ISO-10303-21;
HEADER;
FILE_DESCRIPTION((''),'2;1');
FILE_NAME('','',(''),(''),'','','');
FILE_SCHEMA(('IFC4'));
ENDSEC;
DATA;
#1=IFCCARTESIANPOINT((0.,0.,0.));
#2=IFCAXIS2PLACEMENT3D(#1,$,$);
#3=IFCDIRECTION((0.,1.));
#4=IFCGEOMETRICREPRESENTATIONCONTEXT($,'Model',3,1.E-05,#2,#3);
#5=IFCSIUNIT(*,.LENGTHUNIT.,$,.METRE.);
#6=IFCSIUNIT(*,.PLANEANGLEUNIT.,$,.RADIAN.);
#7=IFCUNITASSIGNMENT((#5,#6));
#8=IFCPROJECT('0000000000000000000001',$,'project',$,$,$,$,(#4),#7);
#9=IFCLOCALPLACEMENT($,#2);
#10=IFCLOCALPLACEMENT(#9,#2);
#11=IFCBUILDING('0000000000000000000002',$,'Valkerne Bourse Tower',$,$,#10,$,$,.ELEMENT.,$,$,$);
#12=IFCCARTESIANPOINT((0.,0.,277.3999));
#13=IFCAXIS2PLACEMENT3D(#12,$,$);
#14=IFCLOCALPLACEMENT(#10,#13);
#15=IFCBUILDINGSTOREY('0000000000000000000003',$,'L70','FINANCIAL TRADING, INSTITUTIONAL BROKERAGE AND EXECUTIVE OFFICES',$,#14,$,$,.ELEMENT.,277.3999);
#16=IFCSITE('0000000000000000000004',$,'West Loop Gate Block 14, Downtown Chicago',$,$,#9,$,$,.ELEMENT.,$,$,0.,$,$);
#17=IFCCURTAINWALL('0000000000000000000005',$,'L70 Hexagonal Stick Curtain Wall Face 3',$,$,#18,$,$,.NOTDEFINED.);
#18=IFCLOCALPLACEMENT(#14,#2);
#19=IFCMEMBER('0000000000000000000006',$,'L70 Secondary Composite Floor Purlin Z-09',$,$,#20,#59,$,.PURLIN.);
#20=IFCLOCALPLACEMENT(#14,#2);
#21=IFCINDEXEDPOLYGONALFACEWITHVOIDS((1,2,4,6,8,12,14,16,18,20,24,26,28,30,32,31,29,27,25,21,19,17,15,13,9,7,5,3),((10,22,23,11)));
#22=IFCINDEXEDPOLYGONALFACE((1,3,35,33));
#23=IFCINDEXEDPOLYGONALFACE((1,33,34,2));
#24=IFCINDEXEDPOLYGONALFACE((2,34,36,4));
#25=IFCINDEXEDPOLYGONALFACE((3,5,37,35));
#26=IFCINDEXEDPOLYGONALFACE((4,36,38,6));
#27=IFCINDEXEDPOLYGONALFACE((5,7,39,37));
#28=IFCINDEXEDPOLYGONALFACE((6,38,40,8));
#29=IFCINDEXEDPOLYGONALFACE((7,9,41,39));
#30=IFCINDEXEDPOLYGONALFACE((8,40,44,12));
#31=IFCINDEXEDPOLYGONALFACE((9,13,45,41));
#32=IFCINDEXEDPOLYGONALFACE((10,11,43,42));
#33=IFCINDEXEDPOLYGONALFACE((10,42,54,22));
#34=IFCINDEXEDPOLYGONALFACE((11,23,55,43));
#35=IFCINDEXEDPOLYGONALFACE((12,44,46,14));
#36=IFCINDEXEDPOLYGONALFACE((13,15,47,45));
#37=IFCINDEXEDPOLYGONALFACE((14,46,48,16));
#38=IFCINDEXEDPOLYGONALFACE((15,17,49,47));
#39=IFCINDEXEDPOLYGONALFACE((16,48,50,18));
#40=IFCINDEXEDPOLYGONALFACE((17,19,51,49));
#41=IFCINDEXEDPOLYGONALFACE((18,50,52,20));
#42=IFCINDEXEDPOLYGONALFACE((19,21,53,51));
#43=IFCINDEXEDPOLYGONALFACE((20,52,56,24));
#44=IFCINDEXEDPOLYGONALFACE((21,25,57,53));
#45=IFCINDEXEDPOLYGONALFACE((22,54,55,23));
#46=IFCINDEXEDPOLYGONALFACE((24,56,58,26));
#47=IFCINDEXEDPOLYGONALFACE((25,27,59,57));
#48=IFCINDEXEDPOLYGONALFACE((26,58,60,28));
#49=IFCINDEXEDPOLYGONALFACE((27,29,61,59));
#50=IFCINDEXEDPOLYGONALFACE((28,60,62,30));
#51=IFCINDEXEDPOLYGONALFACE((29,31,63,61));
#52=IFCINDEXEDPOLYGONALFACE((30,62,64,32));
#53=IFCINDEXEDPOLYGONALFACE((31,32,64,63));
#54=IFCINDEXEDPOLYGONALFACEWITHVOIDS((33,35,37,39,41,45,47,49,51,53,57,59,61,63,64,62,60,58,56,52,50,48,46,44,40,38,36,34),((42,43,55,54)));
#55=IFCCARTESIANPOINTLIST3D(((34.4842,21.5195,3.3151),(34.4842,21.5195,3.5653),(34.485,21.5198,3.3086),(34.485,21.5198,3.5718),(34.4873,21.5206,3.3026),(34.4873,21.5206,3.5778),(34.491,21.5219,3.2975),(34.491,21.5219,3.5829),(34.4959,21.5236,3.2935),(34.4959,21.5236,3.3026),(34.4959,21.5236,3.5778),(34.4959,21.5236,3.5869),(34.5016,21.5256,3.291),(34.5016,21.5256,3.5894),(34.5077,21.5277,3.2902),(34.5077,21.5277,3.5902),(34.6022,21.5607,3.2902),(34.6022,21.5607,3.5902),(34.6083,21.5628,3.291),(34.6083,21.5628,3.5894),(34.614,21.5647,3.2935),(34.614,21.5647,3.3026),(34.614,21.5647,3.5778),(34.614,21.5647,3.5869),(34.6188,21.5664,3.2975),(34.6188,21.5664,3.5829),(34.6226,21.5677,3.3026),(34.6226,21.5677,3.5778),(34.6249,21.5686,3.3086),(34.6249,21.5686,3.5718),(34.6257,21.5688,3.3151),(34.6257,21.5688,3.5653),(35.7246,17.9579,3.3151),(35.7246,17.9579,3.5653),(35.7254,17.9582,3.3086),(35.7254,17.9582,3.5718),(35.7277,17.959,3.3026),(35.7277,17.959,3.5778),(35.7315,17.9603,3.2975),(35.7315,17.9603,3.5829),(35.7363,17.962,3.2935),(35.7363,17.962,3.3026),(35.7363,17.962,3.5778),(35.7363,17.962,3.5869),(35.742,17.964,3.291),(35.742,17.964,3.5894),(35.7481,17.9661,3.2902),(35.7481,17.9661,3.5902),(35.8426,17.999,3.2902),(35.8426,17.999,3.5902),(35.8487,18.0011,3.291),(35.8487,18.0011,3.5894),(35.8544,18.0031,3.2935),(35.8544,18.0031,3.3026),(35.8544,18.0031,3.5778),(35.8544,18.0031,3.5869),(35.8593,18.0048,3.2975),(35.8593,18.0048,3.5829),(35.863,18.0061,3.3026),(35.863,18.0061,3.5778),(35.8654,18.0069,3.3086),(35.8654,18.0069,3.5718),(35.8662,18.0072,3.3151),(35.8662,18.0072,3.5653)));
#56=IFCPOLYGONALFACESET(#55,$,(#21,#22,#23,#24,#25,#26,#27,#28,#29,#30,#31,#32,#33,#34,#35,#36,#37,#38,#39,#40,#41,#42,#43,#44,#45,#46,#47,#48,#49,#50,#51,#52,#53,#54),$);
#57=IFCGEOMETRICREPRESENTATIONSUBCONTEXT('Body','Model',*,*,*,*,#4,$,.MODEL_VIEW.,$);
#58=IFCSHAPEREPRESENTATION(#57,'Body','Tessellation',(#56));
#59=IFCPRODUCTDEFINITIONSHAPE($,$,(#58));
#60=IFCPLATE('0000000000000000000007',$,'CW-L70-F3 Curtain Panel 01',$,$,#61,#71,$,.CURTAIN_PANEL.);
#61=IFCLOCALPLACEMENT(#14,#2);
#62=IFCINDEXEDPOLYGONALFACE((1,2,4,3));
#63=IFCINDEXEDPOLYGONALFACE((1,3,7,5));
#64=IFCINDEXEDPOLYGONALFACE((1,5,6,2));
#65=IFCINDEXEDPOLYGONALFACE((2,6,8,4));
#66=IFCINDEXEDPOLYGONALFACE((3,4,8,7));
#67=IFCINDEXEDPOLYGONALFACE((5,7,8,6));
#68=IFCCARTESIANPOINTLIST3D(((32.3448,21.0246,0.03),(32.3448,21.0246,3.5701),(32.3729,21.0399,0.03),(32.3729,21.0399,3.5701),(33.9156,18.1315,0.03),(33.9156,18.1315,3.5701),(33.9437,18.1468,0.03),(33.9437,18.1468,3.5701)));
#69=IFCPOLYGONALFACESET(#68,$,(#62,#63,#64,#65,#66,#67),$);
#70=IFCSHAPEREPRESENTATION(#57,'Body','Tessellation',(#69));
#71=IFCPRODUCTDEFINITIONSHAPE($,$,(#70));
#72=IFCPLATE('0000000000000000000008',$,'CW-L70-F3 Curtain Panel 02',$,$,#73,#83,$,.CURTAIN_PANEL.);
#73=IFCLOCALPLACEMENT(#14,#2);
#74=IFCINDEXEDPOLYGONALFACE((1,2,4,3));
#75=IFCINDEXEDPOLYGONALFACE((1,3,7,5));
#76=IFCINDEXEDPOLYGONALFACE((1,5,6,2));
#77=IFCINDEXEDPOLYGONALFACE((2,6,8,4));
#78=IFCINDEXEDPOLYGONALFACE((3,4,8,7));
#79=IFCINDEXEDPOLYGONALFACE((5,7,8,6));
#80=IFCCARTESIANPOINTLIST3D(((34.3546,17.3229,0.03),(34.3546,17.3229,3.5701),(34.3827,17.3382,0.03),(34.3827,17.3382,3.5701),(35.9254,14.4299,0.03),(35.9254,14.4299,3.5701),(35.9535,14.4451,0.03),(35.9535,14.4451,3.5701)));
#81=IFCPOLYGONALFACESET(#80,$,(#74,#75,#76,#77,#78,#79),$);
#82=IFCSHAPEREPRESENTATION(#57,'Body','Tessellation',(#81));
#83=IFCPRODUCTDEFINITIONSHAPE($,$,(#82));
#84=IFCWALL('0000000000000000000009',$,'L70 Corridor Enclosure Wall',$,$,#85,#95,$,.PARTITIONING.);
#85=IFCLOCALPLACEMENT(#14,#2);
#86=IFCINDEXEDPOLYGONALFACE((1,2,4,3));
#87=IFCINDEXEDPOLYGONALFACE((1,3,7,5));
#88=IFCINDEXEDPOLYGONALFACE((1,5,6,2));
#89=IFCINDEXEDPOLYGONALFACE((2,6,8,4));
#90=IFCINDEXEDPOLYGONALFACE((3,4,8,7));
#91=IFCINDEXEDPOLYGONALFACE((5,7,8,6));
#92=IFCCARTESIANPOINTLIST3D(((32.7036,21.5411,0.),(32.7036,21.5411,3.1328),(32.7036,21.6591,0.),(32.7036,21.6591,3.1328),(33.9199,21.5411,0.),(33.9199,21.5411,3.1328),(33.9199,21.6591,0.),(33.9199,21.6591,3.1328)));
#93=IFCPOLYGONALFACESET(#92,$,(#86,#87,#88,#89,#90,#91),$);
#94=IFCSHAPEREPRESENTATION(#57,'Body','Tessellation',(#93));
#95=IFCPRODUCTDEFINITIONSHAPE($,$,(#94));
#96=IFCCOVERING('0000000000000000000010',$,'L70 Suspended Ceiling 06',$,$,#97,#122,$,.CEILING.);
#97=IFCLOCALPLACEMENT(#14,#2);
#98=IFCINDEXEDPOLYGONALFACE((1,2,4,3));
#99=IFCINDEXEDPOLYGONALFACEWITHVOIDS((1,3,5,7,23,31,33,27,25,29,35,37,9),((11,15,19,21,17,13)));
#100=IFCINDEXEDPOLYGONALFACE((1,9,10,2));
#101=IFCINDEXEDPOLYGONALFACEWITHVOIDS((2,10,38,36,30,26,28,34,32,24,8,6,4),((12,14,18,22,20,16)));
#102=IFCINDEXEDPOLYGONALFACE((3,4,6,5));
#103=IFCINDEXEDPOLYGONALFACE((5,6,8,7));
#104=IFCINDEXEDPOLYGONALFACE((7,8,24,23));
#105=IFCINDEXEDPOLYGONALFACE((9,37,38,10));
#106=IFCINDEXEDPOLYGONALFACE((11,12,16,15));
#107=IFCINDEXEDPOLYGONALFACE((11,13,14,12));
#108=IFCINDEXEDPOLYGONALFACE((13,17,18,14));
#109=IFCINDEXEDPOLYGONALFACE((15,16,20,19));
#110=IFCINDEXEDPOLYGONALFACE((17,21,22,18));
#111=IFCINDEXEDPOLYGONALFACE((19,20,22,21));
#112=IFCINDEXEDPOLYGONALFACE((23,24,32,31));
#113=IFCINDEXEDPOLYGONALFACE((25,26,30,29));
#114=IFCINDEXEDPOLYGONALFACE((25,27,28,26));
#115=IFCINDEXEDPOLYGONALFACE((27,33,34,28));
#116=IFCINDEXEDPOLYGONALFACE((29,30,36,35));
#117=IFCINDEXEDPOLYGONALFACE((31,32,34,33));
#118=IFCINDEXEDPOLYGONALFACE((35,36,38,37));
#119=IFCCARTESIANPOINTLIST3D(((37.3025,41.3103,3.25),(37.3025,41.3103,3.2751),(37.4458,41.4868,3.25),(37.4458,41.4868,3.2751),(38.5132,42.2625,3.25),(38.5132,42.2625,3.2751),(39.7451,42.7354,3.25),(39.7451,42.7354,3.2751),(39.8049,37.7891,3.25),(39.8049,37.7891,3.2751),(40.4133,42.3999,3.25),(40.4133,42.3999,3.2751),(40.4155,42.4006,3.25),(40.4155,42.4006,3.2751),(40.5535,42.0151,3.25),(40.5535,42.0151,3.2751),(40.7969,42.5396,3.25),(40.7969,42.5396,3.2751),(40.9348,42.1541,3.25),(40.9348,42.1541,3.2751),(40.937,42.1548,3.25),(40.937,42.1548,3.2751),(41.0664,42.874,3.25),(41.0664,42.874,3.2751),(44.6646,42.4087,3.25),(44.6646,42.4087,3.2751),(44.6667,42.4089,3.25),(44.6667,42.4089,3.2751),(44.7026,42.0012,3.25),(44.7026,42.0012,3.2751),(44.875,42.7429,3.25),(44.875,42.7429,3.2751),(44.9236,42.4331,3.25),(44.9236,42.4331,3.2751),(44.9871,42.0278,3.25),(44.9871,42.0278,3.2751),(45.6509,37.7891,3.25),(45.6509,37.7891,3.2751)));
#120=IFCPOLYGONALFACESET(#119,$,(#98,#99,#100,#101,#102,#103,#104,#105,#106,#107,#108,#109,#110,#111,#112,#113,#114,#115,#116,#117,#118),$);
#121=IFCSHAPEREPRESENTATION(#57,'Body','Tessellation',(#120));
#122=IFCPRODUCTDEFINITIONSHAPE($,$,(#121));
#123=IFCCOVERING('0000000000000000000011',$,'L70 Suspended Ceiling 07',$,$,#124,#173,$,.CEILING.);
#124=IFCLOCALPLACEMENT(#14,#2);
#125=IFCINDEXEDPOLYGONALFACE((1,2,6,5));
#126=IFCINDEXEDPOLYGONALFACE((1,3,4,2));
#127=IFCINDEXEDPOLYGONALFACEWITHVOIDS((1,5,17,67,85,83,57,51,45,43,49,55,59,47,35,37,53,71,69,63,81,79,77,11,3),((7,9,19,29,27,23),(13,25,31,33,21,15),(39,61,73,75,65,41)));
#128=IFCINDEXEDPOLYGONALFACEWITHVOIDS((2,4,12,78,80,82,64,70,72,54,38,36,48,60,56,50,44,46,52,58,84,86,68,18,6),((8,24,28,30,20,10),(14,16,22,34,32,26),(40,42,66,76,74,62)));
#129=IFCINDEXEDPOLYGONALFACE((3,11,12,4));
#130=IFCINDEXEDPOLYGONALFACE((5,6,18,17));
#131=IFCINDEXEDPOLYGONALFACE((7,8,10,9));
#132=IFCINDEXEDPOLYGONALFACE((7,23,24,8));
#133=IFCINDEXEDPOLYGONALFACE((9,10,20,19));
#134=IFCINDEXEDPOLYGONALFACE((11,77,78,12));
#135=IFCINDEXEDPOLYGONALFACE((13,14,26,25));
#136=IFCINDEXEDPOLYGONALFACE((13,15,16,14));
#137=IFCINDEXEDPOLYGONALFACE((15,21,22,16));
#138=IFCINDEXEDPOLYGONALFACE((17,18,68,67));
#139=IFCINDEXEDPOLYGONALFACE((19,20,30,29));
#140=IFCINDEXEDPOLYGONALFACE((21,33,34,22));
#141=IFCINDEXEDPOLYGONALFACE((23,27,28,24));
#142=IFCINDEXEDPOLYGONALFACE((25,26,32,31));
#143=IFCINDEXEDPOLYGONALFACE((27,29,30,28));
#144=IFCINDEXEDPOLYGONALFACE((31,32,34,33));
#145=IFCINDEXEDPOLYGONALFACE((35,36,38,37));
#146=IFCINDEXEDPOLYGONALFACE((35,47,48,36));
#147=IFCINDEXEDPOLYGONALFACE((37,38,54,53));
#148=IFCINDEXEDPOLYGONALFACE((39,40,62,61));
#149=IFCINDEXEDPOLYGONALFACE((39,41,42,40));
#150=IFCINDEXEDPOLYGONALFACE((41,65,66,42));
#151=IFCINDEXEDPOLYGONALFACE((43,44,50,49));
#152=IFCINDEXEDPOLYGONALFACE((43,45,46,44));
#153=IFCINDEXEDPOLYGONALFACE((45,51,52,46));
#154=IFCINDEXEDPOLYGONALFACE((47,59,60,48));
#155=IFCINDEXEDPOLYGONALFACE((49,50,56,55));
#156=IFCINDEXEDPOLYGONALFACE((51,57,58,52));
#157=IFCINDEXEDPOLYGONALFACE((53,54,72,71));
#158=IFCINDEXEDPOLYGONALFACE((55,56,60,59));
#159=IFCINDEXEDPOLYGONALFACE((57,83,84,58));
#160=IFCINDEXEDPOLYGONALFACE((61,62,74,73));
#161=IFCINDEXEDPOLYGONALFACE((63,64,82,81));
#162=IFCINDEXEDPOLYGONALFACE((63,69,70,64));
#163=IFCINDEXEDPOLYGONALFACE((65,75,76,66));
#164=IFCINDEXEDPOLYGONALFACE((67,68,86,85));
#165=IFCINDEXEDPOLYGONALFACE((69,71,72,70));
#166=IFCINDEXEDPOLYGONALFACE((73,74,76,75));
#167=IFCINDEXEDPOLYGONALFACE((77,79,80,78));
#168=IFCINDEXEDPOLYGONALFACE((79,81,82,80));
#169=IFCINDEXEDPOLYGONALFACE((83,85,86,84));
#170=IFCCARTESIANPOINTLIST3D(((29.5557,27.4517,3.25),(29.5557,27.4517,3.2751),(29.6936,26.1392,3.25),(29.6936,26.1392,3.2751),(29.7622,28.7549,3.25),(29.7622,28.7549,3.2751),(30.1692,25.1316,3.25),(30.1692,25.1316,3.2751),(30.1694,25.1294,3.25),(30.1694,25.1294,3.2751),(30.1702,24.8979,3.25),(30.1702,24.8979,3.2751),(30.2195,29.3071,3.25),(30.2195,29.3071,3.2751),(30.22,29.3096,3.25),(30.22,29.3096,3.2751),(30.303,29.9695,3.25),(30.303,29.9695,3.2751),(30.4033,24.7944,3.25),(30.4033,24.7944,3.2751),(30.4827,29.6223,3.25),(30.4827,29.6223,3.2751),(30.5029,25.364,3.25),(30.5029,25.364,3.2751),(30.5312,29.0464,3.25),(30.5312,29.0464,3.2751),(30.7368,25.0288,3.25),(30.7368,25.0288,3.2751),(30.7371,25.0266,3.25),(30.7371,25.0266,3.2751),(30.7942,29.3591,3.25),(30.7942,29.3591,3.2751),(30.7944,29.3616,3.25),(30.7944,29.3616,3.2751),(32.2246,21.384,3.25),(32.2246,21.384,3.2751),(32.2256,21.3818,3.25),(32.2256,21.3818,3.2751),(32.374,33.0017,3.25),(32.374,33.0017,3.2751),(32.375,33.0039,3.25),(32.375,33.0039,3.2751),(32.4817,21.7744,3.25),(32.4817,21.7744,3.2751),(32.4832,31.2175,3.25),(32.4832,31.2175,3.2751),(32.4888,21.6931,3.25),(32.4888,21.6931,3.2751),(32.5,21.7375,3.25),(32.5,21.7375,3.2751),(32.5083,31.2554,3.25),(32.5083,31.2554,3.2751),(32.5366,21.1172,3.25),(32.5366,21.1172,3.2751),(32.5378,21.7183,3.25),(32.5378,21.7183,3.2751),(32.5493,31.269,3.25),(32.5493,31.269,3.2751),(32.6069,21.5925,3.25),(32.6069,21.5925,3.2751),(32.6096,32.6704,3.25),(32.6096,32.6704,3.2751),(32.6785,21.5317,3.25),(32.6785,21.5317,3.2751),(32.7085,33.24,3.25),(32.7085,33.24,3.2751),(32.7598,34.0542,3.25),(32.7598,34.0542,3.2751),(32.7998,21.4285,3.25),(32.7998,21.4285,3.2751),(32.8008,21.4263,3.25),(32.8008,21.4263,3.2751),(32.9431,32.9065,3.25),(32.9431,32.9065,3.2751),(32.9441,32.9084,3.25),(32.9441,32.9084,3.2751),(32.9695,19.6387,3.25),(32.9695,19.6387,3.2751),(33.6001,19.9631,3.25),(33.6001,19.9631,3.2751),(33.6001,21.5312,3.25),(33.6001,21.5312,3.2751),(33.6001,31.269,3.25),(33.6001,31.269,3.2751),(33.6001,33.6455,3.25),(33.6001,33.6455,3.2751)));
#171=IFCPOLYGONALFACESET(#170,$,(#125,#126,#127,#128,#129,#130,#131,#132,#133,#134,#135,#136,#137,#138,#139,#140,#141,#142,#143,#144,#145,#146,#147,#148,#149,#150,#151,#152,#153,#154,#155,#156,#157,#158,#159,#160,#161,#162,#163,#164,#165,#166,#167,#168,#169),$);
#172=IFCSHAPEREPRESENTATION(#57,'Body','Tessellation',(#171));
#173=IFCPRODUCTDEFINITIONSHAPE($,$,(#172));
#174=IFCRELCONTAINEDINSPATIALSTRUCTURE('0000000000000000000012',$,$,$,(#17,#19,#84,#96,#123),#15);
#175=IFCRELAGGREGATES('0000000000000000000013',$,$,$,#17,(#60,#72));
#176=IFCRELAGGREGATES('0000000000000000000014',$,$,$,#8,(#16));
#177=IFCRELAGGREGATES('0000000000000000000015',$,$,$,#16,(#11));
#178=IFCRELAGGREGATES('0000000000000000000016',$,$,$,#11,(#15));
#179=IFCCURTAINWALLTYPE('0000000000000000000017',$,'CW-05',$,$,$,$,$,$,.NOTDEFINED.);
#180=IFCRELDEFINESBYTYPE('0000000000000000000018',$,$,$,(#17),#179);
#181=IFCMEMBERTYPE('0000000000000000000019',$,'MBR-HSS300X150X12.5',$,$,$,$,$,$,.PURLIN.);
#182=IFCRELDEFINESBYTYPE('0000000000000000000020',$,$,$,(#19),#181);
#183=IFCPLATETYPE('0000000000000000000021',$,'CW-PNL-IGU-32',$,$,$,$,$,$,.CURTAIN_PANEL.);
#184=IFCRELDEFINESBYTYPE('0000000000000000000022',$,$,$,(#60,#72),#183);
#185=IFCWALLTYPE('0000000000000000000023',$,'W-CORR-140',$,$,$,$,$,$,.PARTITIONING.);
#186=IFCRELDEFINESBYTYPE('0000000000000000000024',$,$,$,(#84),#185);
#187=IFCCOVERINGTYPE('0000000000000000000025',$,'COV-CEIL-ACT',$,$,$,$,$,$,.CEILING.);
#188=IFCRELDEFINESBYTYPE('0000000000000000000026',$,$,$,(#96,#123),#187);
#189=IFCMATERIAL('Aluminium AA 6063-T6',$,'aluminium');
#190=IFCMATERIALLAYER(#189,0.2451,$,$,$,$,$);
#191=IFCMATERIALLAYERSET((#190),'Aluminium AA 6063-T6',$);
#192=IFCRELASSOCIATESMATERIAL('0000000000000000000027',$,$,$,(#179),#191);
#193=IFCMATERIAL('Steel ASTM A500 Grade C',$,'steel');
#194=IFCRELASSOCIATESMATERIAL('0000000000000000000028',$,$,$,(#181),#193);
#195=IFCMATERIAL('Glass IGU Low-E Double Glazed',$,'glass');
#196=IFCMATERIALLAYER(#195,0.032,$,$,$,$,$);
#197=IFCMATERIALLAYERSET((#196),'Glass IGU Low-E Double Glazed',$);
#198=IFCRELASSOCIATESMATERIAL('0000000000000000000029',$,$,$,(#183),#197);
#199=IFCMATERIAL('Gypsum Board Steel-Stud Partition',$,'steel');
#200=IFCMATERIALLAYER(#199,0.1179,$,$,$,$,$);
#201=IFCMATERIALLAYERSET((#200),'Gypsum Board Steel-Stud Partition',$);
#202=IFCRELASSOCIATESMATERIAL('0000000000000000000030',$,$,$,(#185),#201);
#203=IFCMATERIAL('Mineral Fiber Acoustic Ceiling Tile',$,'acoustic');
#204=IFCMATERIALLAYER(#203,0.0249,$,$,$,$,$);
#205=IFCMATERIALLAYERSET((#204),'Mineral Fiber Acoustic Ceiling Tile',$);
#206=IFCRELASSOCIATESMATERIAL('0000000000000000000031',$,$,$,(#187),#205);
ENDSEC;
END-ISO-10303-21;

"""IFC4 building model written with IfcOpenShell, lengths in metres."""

from ifc_helpers import new_model, si_unit, direction, frame, frame_2d, origin, origin_2d, place, context, subcontext, project, spatial, polyline, rectangle, hollow_rectangle, outline, extrude, material, layer, layer_set, material_profile, profile_set, type_object, element, aggregate, save


model = new_model("IFC4")

# Units and contexts
model_context = context("Model", 3, precision=1e-05, world=origin(), true_north=direction((0.0, 1.0)))
body_context = subcontext(model_context, "Body", "Model", "MODEL_VIEW")
ifc_project = project(units=[si_unit("LENGTHUNIT", "METRE"), si_unit("PLANEANGLEUNIT", "RADIAN")], contexts=[model_context])

# Site, building, storey
site_placement = place(None, origin())
site = spatial("IfcSite", under=ifc_project, at=site_placement, Name="West Loop Gate Block 14, Downtown Chicago", CompositionType="ELEMENT", RefElevation=0.0)
building_placement = place(site_placement, origin())
building = spatial("IfcBuilding", under=site, at=building_placement, Name="Valkerne Bourse Tower", CompositionType="ELEMENT")
storey_placement = place(building_placement, frame((0.0, 0.0, 277.3999)))
storey = spatial("IfcBuildingStorey", under=building, at=storey_placement, Name="L70", Description="FINANCIAL TRADING, INSTITUTIONAL BROKERAGE AND EXECUTIVE OFFICES", CompositionType="ELEMENT", Elevation=277.3999)

# Curtain wall
ifc_material_1 = material(Name="Aluminium AA 6063-T6", Category="aluminium")
ifc_layer_1 = layer(ifc_material_1, 0.2451)
ifc_layer_set_1 = layer_set([ifc_layer_1], Name="Aluminium AA 6063-T6")
curtain_wall_type = type_object("IfcCurtainWallType", Name="CW-05", PredefinedType="NOTDEFINED", material=ifc_layer_set_1)
curtain_wall_placement = place(storey_placement, origin())
curtain_wall = element("IfcCurtainWall", 1, at=curtain_wall_placement, inside=storey, type_object=curtain_wall_type, Name="L70 Hexagonal Stick Curtain Wall Face 3", PredefinedType="NOTDEFINED")

# Member
ifc_material_2 = material(Name="Steel ASTM A500 Grade C", Category="steel")
ifc_material_profile_1 = material_profile(ifc_material_2, hollow_rectangle(XDim=0.1499, YDim=0.3, WallThickness=0.0125, OuterFilletRadius=0.0249, at=origin_2d()), Name="HSS300X150X12.5")
ifc_profile_set_1 = profile_set([ifc_material_profile_1], Name="Steel ASTM A500 Grade C")
member_type_1 = type_object("IfcMemberType", Name="MBR-HSS300X150X12.5", PredefinedType="PURLIN", material=ifc_profile_set_1)
member_1_placement = place(storey_placement, frame((34.5549, 21.5442, 3.4402), z_axis=(0.3289, -0.944365, 0.0), x_axis=(0.944365, 0.3289, 0.0)))
element("IfcMember", 2, at=member_1_placement, inside=storey, type_object=member_type_1, Name="L70 Secondary Composite Floor Purlin Z-09", PredefinedType="PURLIN", context=body_context, shape_type="SweptSolid", body=[
    extrude(hollow_rectangle(XDim=0.1499, YDim=0.3, WallThickness=0.0125, OuterFilletRadius=0.0249, at=origin_2d()), origin(), (0.0, 0.0, 1.0), 3.7715),
])

# Plates
ifc_material_3 = material(Name="Glass IGU Low-E Double Glazed", Category="glass")
ifc_layer_2 = layer(ifc_material_3, 0.032)
ifc_layer_set_2 = layer_set([ifc_layer_2], Name="Glass IGU Low-E Double Glazed")
plate_type = type_object("IfcPlateType", Name="CW-PNL-IGU-32", PredefinedType="CURTAIN_PANEL", material=ifc_layer_set_2)
plate_1_placement = place(storey_placement, frame((33.1443, 19.5857, 0.03), z_axis=(0.0, 0.0, 1.0), x_axis=(0.477158, -0.878818, 0.0)))
plate_1 = element("IfcPlate", 3, at=plate_1_placement, type_object=plate_type, Name="CW-L70-F3 Curtain Panel 01", PredefinedType="CURTAIN_PANEL", context=body_context, shape_type="SweptSolid", body=[
    extrude(rectangle(XDim=3.292, YDim=0.032, at=origin_2d()), origin(), (0.0, 0.0, 1.0), 3.54),
])
plate_2_placement = place(storey_placement, frame((35.1541, 15.884, 0.03), z_axis=(0.0, 0.0, 1.0), x_axis=(0.477158, -0.878818, 0.0)))
plate_2 = element("IfcPlate", 4, at=plate_2_placement, type_object=plate_type, Name="CW-L70-F3 Curtain Panel 02", PredefinedType="CURTAIN_PANEL", context=body_context, shape_type="SweptSolid", body=[
    extrude(rectangle(XDim=3.292, YDim=0.032, at=origin_2d()), origin(), (0.0, 0.0, 1.0), 3.54),
])
aggregate(curtain_wall, [plate_1, plate_2])

# Wall
ifc_material_4 = material(Name="Gypsum Board Steel-Stud Partition", Category="steel")
ifc_layer_3 = layer(ifc_material_4, 0.1179)
ifc_layer_set_3 = layer_set([ifc_layer_3], Name="Gypsum Board Steel-Stud Partition")
wall_type = type_object("IfcWallType", Name="W-CORR-140", PredefinedType="PARTITIONING", material=ifc_layer_set_3)
wall_placement = place(storey_placement, frame((33.9199, 21.6001, 0.0), z_axis=(0.0, 0.0, 1.0), x_axis=(-1.0, 0.0, 0.0)))
element("IfcWall", 5, at=wall_placement, inside=storey, type_object=wall_type, Name="L70 Corridor Enclosure Wall", PredefinedType="PARTITIONING", context=body_context, shape_type="SweptSolid", body=[
    extrude(rectangle(XDim=1.2163, YDim=0.1179, at=frame_2d((0.6082, 0.0))), origin(), (0.0, 0.0, 1.0), 3.1328),
])

# Coverings
ifc_material_5 = material(Name="Mineral Fiber Acoustic Ceiling Tile", Category="acoustic")
ifc_layer_4 = layer(ifc_material_5, 0.0249)
ifc_layer_set_4 = layer_set([ifc_layer_4], Name="Mineral Fiber Acoustic Ceiling Tile")
covering_type_1 = type_object("IfcCoveringType", Name="COV-CEIL-ACT", PredefinedType="CEILING", material=ifc_layer_set_4)
covering_1_placement = place(storey_placement, frame((0.0, 0.0, 3.25)))
element("IfcCovering", 6, at=covering_1_placement, inside=storey, type_object=covering_type_1, Name="L70 Suspended Ceiling 06", PredefinedType="CEILING", context=body_context, shape_type="SweptSolid", body=[
    extrude(outline(polyline([(39.7451, 42.7354), (41.0664, 42.874), (44.875, 42.7429), (44.9236, 42.4331), (44.6667, 42.4089), (44.6646, 42.4087), (44.7026, 42.0012), (44.9871, 42.0278), (45.6509, 37.7891), (39.8049, 37.7891), (37.3025, 41.3103), (37.4458, 41.4868), (38.5132, 42.2625), (39.7451, 42.7354)]), holes=[polyline([(40.937, 42.1548), (40.7969, 42.5396), (40.4155, 42.4006), (40.4133, 42.3999), (40.5535, 42.0151), (40.9348, 42.1541), (40.937, 42.1548)])]), origin(), (0.0, 0.0, 1.0), 0.0251),
])
covering_2_placement = place(storey_placement, frame((0.0, 0.0, 3.25)))
element("IfcCovering", 7, at=covering_2_placement, inside=storey, type_object=covering_type_1, Name="L70 Suspended Ceiling 07", PredefinedType="CEILING", context=body_context, shape_type="SweptSolid", body=[
    extrude(outline(polyline([(29.5557, 27.4517), (29.7622, 28.7549), (30.303, 29.9695), (32.7598, 34.0542), (33.6001, 33.6455), (33.6001, 31.269), (32.5493, 31.269), (32.5083, 31.2554), (32.4832, 31.2175), (32.4817, 21.7744), (32.5, 21.7375), (32.5378, 21.7183), (32.6069, 21.5925), (32.4888, 21.6931), (32.2246, 21.384), (32.2256, 21.3818), (32.5366, 21.1172), (32.8008, 21.4263), (32.7998, 21.4285), (32.6785, 21.5317), (33.6001, 21.5312), (33.6001, 19.9631), (32.9695, 19.6387), (30.1702, 24.8979), (29.6936, 26.1392), (29.5557, 27.4517)]), holes=[polyline([(30.7368, 25.0288), (30.5029, 25.364), (30.1692, 25.1316), (30.1694, 25.1294), (30.4033, 24.7944), (30.7371, 25.0266), (30.7368, 25.0288)]), polyline([(30.7944, 29.3616), (30.4827, 29.6223), (30.22, 29.3096), (30.2195, 29.3071), (30.5312, 29.0464), (30.7942, 29.3591), (30.7944, 29.3616)]), polyline([(32.9441, 32.9084), (32.7085, 33.24), (32.375, 33.0039), (32.374, 33.0017), (32.6096, 32.6704), (32.9431, 32.9065), (32.9441, 32.9084)])]), origin(), (0.0, 0.0, 1.0), 0.0251),
])

save(model, "model.ifc")
